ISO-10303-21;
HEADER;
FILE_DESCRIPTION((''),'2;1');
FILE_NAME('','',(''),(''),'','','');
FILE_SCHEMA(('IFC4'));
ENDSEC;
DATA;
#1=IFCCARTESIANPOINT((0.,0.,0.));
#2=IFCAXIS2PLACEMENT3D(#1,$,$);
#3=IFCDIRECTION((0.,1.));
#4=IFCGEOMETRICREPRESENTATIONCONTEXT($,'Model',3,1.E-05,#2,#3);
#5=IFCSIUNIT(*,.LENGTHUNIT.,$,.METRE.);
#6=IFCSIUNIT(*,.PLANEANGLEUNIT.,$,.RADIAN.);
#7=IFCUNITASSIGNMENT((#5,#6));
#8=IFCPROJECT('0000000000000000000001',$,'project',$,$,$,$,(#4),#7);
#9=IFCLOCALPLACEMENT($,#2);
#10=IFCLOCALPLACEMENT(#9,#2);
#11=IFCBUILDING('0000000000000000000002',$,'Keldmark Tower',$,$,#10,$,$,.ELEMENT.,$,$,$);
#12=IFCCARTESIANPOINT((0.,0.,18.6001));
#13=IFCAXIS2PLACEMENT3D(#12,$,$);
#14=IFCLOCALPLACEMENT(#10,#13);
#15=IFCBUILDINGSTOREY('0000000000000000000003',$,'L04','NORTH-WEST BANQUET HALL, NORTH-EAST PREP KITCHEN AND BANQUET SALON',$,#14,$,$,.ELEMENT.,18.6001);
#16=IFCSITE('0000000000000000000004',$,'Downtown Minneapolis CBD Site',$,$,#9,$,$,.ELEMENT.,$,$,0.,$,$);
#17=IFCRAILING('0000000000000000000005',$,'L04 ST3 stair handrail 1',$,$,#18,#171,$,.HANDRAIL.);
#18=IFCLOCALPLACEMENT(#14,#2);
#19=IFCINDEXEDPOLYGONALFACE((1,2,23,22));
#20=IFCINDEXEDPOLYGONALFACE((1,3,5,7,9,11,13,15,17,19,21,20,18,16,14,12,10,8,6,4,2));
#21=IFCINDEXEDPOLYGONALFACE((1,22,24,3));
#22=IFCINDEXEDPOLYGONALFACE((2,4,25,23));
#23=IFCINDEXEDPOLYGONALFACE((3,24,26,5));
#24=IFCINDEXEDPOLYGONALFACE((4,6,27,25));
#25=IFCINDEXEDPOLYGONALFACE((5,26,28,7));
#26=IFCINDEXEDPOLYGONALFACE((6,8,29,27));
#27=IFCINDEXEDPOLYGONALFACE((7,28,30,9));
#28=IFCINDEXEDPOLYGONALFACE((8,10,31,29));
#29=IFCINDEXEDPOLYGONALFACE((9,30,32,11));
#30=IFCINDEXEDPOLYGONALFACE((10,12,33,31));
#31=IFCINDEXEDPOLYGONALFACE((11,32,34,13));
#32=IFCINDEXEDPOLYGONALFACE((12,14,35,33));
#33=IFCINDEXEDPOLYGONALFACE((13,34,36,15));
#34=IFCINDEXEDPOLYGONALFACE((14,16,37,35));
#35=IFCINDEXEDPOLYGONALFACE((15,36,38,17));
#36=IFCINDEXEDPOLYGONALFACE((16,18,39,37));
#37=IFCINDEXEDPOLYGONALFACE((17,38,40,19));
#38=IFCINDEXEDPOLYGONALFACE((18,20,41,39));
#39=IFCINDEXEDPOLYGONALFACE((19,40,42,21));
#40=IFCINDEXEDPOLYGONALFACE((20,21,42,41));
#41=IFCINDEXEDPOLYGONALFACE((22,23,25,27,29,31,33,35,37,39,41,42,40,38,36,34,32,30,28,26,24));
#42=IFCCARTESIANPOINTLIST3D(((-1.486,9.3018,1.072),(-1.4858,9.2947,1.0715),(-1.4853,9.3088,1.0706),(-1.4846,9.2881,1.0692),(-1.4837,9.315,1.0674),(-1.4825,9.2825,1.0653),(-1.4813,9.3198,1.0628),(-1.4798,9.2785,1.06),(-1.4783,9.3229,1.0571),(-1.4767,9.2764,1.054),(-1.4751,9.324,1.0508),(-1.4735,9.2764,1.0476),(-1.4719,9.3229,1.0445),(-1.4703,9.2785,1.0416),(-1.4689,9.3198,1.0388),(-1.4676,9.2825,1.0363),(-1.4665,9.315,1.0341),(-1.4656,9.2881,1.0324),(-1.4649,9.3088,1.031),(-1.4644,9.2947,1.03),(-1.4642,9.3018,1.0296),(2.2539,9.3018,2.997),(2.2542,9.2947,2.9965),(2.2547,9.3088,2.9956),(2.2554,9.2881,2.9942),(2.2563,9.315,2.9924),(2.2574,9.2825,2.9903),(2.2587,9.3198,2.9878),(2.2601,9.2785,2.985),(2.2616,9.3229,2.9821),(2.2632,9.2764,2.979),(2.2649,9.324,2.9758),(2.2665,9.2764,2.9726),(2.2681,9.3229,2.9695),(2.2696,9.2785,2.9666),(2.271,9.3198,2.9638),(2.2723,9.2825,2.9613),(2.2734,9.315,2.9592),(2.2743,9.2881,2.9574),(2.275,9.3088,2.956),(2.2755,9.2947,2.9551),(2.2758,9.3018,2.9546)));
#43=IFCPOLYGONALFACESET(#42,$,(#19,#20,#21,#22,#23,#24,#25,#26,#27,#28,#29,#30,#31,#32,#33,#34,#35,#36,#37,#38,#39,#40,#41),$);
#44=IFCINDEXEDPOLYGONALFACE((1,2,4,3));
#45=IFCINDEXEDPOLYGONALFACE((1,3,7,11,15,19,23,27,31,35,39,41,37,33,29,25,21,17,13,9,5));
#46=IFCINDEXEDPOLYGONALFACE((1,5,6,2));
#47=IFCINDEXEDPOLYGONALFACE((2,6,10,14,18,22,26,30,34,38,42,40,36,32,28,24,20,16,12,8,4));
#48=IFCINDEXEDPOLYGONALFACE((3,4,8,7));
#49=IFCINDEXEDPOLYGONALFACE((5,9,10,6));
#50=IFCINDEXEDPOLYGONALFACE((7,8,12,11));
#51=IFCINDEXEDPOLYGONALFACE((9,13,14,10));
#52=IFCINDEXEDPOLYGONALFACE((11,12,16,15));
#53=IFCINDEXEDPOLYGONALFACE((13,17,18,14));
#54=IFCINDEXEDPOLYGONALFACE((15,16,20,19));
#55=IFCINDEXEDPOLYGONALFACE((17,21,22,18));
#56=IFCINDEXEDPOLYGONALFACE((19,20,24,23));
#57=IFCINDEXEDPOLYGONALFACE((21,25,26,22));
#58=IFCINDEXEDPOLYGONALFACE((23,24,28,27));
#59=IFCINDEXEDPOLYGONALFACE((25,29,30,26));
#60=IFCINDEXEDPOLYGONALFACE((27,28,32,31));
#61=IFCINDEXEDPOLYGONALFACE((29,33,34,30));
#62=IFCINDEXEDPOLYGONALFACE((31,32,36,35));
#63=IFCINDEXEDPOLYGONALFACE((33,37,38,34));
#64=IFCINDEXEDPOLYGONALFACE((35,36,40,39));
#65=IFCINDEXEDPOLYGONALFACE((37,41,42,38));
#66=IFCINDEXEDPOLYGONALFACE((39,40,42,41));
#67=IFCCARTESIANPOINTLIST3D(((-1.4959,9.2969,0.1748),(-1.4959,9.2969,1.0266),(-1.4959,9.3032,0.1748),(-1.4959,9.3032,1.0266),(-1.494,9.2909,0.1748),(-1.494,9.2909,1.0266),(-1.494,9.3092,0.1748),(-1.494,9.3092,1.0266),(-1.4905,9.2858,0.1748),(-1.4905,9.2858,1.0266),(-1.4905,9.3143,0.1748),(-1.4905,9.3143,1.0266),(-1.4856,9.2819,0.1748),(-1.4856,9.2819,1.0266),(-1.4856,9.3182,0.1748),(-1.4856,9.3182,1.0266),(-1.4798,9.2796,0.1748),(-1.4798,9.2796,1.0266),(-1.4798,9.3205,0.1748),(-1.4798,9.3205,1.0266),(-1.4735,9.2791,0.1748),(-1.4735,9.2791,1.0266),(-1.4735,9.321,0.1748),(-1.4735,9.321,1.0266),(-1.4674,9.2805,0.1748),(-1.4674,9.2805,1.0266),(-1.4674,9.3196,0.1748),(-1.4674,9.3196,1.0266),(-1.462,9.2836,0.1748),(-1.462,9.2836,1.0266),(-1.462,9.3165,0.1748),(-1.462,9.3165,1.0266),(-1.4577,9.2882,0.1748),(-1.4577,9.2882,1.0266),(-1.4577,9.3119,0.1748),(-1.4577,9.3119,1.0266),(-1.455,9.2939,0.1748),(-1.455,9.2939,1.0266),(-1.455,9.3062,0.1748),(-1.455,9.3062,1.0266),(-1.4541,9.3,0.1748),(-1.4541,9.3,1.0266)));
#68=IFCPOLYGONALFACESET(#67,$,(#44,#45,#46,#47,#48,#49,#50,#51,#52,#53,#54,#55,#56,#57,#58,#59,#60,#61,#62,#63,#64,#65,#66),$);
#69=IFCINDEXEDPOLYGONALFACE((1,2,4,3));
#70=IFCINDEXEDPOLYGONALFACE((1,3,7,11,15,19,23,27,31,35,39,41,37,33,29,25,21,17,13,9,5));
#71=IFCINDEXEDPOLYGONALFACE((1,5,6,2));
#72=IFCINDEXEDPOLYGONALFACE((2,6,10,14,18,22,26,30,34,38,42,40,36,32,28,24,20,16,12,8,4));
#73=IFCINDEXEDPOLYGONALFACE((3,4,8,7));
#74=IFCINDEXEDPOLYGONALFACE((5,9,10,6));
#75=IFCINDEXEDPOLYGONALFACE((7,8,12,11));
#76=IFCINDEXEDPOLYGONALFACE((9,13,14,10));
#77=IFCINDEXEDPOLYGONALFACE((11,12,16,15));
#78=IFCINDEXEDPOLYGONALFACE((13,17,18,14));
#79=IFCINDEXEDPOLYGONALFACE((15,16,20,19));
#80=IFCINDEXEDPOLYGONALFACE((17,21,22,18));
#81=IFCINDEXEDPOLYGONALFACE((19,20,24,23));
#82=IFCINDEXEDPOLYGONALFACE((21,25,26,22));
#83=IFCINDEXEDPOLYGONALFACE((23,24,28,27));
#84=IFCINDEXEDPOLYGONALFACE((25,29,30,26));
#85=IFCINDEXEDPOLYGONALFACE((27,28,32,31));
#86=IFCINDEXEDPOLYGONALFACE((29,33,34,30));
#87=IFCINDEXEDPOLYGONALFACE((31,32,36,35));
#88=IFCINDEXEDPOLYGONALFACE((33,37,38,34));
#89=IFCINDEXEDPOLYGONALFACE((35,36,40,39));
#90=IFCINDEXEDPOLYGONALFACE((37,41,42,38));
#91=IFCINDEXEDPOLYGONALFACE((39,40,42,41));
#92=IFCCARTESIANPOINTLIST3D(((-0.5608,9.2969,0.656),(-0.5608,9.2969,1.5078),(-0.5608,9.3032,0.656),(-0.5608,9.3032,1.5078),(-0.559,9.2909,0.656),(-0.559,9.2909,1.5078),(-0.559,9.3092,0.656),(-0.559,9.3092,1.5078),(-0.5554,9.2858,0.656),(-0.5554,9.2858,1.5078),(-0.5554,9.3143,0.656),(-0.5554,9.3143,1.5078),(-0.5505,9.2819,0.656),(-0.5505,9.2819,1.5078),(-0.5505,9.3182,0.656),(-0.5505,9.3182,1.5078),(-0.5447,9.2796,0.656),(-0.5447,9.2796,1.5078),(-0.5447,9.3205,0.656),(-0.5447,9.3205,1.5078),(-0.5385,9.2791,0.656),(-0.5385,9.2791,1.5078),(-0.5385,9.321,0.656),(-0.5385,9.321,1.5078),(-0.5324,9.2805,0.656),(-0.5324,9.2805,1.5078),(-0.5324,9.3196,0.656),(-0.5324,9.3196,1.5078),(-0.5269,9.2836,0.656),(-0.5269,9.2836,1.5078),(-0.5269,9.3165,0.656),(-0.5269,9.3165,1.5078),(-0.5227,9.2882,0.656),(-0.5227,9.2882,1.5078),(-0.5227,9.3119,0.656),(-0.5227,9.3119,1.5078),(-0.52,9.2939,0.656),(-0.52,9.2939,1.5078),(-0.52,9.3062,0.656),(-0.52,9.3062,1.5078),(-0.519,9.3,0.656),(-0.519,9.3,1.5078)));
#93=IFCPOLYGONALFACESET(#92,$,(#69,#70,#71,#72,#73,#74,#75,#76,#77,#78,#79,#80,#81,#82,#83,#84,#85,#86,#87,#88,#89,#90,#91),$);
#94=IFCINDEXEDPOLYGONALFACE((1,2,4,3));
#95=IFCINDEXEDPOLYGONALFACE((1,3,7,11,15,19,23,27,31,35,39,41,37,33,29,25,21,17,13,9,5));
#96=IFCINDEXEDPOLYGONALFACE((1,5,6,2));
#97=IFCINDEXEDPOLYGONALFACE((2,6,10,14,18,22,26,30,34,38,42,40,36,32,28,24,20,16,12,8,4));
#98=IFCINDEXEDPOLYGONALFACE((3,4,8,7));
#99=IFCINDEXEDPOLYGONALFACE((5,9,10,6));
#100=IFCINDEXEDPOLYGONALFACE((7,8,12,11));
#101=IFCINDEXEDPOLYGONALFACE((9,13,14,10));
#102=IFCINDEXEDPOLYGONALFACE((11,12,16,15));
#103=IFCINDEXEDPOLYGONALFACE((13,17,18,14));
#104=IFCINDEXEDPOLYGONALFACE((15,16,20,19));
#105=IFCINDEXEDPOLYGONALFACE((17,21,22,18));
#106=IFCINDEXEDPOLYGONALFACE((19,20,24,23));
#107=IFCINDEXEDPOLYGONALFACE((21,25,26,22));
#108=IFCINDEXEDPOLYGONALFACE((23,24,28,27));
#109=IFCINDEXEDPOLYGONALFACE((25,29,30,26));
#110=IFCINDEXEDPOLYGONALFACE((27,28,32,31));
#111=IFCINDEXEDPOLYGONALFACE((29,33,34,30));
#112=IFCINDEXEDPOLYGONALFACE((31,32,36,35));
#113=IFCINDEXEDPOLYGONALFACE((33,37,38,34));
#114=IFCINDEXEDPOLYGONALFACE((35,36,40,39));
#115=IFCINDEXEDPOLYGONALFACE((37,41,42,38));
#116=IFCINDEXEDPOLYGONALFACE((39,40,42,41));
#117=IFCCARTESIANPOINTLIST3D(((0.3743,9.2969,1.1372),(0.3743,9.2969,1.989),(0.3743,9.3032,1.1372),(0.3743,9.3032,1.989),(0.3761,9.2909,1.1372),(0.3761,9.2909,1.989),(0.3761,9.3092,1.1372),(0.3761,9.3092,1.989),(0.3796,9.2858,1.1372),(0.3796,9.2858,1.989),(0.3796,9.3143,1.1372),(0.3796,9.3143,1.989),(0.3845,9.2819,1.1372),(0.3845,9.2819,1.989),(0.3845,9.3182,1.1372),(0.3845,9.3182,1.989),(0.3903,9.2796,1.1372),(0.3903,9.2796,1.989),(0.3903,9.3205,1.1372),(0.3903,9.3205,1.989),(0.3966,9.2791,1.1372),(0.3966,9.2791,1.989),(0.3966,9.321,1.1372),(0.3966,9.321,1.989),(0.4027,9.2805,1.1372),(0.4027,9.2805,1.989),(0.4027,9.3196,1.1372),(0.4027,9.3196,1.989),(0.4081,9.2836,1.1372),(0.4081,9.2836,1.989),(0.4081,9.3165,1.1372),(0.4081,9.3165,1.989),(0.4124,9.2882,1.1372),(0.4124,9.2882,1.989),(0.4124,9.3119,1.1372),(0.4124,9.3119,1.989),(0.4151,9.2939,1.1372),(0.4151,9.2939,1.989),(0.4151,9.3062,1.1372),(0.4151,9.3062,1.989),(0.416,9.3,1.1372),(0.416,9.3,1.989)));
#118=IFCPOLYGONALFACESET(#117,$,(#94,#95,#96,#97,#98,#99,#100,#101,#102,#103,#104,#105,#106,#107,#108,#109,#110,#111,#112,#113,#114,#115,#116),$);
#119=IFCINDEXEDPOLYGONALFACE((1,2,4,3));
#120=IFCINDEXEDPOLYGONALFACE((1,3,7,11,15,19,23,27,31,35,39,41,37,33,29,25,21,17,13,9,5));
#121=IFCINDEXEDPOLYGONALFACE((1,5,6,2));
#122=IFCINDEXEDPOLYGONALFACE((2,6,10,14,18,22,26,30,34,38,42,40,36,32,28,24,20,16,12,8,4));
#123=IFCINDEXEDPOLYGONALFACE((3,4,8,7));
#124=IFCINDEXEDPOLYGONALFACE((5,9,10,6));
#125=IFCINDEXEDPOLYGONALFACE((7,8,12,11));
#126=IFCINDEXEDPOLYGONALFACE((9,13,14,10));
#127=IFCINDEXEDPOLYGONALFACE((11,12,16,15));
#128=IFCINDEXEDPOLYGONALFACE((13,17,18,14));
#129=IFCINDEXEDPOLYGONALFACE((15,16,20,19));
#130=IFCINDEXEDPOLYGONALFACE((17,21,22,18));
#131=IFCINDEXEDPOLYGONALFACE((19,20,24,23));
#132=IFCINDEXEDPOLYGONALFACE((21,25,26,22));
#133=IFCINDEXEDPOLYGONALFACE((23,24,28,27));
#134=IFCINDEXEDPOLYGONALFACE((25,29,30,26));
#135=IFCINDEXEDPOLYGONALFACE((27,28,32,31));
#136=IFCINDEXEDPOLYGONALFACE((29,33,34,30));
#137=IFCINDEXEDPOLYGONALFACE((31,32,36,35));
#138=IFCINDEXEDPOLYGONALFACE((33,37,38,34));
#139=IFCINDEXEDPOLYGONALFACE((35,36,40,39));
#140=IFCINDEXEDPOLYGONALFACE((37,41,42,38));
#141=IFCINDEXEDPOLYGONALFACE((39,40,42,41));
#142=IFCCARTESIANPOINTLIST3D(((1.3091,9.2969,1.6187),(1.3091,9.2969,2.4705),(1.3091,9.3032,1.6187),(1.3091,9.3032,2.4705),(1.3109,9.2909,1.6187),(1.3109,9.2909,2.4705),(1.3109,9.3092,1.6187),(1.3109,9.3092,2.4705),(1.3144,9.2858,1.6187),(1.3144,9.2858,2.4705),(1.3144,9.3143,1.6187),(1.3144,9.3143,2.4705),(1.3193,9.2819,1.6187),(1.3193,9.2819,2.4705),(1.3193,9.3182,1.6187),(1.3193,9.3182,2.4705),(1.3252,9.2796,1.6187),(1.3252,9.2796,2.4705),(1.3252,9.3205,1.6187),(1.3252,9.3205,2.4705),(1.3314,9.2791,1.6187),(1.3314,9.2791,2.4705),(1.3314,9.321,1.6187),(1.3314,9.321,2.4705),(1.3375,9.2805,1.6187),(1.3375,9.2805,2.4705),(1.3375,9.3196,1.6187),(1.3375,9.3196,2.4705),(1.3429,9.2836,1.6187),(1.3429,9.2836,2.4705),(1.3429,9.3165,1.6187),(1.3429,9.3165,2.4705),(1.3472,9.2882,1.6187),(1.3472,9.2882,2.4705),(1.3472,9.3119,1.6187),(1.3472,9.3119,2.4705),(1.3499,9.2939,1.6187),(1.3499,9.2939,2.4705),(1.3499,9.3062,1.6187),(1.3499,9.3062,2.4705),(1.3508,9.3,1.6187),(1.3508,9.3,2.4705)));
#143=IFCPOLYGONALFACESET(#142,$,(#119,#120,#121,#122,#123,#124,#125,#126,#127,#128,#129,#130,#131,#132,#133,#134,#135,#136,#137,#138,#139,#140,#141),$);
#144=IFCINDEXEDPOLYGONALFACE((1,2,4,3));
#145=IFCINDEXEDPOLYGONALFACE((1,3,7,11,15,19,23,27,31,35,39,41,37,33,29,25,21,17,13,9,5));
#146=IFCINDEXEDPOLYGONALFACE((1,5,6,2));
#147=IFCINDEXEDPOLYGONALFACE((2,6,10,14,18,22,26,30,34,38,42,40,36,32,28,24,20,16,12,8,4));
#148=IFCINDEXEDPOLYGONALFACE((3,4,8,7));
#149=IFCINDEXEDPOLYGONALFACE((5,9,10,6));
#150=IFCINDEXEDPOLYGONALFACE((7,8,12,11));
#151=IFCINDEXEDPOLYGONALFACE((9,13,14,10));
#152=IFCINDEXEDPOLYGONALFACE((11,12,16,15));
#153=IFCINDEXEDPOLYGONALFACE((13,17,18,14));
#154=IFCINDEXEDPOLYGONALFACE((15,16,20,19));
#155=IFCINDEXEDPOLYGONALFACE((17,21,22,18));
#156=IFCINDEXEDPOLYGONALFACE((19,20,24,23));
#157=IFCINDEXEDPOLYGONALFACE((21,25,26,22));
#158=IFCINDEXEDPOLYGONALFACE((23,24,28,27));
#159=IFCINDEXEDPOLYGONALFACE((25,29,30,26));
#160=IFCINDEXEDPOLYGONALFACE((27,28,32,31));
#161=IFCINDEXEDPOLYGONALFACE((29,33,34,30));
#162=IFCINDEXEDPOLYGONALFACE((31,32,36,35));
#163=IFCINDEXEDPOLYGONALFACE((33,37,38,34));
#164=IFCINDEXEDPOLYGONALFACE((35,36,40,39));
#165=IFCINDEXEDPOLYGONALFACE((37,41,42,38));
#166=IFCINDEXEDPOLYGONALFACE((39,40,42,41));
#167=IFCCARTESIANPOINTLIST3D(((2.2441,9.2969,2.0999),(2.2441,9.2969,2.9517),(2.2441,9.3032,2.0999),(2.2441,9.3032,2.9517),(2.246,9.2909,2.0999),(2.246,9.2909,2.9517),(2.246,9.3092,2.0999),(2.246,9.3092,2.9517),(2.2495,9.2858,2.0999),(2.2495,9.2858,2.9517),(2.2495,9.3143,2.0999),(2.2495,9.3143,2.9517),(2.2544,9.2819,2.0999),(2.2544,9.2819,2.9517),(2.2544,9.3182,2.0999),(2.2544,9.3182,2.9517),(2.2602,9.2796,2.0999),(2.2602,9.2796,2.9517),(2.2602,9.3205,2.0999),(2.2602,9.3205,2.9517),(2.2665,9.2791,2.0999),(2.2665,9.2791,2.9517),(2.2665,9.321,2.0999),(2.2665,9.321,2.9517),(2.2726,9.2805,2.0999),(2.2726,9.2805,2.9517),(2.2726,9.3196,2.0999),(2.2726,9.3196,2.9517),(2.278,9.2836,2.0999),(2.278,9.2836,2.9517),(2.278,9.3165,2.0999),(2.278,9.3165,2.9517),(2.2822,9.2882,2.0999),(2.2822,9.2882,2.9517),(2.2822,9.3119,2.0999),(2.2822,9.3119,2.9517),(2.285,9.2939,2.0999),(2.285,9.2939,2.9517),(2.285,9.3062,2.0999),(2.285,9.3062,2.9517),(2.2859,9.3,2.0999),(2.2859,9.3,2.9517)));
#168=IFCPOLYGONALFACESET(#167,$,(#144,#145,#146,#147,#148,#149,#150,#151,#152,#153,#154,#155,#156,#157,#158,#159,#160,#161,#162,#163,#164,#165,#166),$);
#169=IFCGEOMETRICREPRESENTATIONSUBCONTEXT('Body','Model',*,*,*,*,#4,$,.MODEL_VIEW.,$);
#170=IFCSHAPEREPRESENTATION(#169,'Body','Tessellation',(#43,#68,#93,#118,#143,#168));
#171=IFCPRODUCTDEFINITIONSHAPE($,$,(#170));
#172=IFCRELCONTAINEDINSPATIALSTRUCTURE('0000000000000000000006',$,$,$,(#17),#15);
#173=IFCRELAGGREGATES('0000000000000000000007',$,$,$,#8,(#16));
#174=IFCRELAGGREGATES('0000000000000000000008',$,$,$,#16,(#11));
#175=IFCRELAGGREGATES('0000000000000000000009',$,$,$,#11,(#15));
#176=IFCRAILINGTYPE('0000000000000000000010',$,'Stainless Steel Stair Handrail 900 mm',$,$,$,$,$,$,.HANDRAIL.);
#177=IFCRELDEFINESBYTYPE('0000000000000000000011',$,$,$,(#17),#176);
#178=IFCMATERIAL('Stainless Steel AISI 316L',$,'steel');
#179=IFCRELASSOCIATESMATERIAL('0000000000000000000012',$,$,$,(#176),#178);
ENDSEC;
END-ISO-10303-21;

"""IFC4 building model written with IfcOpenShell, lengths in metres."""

from ifc_helpers import new_model, si_unit, direction, frame, origin, origin_2d, place, context, subcontext, project, spatial, circle, extrude, material, type_object, element, save


model = new_model("IFC4")

# Units and contexts
model_context = context("Model", 3, precision=1e-05, world=origin(), true_north=direction((0.0, 1.0)))
body_context = subcontext(model_context, "Body", "Model", "MODEL_VIEW")
ifc_project = project(units=[si_unit("LENGTHUNIT", "METRE"), si_unit("PLANEANGLEUNIT", "RADIAN")], contexts=[model_context])

# Site, building, storey
site_placement = place(None, origin())
site = spatial("IfcSite", under=ifc_project, at=site_placement, Name="Downtown Minneapolis CBD Site", CompositionType="ELEMENT", RefElevation=0.0)
building_placement = place(site_placement, origin())
building = spatial("IfcBuilding", under=site, at=building_placement, Name="Keldmark Tower", CompositionType="ELEMENT")
storey_placement = place(building_placement, frame((0.0, 0.0, 18.6001)))
storey = spatial("IfcBuildingStorey", under=building, at=storey_placement, Name="L04", Description="NORTH-WEST BANQUET HALL, NORTH-EAST PREP KITCHEN AND BANQUET SALON", CompositionType="ELEMENT", Elevation=18.6001)

# Railing
ifc_material_1 = material(Name="Stainless Steel AISI 316L", Category="steel")
railing_type_1 = type_object("IfcRailingType", Name="Stainless Steel Stair Handrail 900 mm", PredefinedType="HANDRAIL", material=ifc_material_1)
railing_1_placement = place(storey_placement, frame((-1.4751, 9.3, 0.1748)))
element("IfcRailing", 1, at=railing_1_placement, inside=storey, type_object=railing_type_1, Name="L04 ST3 stair handrail 1", PredefinedType="HANDRAIL", context=body_context, shape_type="SweptSolid", body=[
    extrude(circle(Radius=0.0239, at=origin_2d()), frame((0.0, 0.0, 0.876), z_axis=(0.889131, 0.0, 0.457654), x_axis=(0.0, 1.0, 0.0)), (0.0, 0.0, 1.0), 4.2063),
    extrude(circle(Radius=0.021, at=origin_2d()), origin(), (0.0, 0.0, 1.0), 0.8518),
    extrude(circle(Radius=0.021, at=origin_2d()), frame((0.9351, 0.0, 0.4812)), (0.0, 0.0, 1.0), 0.8518),
    extrude(circle(Radius=0.021, at=origin_2d()), frame((1.8701, 0.0, 0.9624)), (0.0, 0.0, 1.0), 0.8518),
    extrude(circle(Radius=0.021, at=origin_2d()), frame((2.8049, 0.0, 1.4438)), (0.0, 0.0, 1.0), 0.8518),
    extrude(circle(Radius=0.021, at=origin_2d()), frame((3.74, 0.0, 1.925)), (0.0, 0.0, 1.0), 0.8518),
])

save(model, "model.ifc")
